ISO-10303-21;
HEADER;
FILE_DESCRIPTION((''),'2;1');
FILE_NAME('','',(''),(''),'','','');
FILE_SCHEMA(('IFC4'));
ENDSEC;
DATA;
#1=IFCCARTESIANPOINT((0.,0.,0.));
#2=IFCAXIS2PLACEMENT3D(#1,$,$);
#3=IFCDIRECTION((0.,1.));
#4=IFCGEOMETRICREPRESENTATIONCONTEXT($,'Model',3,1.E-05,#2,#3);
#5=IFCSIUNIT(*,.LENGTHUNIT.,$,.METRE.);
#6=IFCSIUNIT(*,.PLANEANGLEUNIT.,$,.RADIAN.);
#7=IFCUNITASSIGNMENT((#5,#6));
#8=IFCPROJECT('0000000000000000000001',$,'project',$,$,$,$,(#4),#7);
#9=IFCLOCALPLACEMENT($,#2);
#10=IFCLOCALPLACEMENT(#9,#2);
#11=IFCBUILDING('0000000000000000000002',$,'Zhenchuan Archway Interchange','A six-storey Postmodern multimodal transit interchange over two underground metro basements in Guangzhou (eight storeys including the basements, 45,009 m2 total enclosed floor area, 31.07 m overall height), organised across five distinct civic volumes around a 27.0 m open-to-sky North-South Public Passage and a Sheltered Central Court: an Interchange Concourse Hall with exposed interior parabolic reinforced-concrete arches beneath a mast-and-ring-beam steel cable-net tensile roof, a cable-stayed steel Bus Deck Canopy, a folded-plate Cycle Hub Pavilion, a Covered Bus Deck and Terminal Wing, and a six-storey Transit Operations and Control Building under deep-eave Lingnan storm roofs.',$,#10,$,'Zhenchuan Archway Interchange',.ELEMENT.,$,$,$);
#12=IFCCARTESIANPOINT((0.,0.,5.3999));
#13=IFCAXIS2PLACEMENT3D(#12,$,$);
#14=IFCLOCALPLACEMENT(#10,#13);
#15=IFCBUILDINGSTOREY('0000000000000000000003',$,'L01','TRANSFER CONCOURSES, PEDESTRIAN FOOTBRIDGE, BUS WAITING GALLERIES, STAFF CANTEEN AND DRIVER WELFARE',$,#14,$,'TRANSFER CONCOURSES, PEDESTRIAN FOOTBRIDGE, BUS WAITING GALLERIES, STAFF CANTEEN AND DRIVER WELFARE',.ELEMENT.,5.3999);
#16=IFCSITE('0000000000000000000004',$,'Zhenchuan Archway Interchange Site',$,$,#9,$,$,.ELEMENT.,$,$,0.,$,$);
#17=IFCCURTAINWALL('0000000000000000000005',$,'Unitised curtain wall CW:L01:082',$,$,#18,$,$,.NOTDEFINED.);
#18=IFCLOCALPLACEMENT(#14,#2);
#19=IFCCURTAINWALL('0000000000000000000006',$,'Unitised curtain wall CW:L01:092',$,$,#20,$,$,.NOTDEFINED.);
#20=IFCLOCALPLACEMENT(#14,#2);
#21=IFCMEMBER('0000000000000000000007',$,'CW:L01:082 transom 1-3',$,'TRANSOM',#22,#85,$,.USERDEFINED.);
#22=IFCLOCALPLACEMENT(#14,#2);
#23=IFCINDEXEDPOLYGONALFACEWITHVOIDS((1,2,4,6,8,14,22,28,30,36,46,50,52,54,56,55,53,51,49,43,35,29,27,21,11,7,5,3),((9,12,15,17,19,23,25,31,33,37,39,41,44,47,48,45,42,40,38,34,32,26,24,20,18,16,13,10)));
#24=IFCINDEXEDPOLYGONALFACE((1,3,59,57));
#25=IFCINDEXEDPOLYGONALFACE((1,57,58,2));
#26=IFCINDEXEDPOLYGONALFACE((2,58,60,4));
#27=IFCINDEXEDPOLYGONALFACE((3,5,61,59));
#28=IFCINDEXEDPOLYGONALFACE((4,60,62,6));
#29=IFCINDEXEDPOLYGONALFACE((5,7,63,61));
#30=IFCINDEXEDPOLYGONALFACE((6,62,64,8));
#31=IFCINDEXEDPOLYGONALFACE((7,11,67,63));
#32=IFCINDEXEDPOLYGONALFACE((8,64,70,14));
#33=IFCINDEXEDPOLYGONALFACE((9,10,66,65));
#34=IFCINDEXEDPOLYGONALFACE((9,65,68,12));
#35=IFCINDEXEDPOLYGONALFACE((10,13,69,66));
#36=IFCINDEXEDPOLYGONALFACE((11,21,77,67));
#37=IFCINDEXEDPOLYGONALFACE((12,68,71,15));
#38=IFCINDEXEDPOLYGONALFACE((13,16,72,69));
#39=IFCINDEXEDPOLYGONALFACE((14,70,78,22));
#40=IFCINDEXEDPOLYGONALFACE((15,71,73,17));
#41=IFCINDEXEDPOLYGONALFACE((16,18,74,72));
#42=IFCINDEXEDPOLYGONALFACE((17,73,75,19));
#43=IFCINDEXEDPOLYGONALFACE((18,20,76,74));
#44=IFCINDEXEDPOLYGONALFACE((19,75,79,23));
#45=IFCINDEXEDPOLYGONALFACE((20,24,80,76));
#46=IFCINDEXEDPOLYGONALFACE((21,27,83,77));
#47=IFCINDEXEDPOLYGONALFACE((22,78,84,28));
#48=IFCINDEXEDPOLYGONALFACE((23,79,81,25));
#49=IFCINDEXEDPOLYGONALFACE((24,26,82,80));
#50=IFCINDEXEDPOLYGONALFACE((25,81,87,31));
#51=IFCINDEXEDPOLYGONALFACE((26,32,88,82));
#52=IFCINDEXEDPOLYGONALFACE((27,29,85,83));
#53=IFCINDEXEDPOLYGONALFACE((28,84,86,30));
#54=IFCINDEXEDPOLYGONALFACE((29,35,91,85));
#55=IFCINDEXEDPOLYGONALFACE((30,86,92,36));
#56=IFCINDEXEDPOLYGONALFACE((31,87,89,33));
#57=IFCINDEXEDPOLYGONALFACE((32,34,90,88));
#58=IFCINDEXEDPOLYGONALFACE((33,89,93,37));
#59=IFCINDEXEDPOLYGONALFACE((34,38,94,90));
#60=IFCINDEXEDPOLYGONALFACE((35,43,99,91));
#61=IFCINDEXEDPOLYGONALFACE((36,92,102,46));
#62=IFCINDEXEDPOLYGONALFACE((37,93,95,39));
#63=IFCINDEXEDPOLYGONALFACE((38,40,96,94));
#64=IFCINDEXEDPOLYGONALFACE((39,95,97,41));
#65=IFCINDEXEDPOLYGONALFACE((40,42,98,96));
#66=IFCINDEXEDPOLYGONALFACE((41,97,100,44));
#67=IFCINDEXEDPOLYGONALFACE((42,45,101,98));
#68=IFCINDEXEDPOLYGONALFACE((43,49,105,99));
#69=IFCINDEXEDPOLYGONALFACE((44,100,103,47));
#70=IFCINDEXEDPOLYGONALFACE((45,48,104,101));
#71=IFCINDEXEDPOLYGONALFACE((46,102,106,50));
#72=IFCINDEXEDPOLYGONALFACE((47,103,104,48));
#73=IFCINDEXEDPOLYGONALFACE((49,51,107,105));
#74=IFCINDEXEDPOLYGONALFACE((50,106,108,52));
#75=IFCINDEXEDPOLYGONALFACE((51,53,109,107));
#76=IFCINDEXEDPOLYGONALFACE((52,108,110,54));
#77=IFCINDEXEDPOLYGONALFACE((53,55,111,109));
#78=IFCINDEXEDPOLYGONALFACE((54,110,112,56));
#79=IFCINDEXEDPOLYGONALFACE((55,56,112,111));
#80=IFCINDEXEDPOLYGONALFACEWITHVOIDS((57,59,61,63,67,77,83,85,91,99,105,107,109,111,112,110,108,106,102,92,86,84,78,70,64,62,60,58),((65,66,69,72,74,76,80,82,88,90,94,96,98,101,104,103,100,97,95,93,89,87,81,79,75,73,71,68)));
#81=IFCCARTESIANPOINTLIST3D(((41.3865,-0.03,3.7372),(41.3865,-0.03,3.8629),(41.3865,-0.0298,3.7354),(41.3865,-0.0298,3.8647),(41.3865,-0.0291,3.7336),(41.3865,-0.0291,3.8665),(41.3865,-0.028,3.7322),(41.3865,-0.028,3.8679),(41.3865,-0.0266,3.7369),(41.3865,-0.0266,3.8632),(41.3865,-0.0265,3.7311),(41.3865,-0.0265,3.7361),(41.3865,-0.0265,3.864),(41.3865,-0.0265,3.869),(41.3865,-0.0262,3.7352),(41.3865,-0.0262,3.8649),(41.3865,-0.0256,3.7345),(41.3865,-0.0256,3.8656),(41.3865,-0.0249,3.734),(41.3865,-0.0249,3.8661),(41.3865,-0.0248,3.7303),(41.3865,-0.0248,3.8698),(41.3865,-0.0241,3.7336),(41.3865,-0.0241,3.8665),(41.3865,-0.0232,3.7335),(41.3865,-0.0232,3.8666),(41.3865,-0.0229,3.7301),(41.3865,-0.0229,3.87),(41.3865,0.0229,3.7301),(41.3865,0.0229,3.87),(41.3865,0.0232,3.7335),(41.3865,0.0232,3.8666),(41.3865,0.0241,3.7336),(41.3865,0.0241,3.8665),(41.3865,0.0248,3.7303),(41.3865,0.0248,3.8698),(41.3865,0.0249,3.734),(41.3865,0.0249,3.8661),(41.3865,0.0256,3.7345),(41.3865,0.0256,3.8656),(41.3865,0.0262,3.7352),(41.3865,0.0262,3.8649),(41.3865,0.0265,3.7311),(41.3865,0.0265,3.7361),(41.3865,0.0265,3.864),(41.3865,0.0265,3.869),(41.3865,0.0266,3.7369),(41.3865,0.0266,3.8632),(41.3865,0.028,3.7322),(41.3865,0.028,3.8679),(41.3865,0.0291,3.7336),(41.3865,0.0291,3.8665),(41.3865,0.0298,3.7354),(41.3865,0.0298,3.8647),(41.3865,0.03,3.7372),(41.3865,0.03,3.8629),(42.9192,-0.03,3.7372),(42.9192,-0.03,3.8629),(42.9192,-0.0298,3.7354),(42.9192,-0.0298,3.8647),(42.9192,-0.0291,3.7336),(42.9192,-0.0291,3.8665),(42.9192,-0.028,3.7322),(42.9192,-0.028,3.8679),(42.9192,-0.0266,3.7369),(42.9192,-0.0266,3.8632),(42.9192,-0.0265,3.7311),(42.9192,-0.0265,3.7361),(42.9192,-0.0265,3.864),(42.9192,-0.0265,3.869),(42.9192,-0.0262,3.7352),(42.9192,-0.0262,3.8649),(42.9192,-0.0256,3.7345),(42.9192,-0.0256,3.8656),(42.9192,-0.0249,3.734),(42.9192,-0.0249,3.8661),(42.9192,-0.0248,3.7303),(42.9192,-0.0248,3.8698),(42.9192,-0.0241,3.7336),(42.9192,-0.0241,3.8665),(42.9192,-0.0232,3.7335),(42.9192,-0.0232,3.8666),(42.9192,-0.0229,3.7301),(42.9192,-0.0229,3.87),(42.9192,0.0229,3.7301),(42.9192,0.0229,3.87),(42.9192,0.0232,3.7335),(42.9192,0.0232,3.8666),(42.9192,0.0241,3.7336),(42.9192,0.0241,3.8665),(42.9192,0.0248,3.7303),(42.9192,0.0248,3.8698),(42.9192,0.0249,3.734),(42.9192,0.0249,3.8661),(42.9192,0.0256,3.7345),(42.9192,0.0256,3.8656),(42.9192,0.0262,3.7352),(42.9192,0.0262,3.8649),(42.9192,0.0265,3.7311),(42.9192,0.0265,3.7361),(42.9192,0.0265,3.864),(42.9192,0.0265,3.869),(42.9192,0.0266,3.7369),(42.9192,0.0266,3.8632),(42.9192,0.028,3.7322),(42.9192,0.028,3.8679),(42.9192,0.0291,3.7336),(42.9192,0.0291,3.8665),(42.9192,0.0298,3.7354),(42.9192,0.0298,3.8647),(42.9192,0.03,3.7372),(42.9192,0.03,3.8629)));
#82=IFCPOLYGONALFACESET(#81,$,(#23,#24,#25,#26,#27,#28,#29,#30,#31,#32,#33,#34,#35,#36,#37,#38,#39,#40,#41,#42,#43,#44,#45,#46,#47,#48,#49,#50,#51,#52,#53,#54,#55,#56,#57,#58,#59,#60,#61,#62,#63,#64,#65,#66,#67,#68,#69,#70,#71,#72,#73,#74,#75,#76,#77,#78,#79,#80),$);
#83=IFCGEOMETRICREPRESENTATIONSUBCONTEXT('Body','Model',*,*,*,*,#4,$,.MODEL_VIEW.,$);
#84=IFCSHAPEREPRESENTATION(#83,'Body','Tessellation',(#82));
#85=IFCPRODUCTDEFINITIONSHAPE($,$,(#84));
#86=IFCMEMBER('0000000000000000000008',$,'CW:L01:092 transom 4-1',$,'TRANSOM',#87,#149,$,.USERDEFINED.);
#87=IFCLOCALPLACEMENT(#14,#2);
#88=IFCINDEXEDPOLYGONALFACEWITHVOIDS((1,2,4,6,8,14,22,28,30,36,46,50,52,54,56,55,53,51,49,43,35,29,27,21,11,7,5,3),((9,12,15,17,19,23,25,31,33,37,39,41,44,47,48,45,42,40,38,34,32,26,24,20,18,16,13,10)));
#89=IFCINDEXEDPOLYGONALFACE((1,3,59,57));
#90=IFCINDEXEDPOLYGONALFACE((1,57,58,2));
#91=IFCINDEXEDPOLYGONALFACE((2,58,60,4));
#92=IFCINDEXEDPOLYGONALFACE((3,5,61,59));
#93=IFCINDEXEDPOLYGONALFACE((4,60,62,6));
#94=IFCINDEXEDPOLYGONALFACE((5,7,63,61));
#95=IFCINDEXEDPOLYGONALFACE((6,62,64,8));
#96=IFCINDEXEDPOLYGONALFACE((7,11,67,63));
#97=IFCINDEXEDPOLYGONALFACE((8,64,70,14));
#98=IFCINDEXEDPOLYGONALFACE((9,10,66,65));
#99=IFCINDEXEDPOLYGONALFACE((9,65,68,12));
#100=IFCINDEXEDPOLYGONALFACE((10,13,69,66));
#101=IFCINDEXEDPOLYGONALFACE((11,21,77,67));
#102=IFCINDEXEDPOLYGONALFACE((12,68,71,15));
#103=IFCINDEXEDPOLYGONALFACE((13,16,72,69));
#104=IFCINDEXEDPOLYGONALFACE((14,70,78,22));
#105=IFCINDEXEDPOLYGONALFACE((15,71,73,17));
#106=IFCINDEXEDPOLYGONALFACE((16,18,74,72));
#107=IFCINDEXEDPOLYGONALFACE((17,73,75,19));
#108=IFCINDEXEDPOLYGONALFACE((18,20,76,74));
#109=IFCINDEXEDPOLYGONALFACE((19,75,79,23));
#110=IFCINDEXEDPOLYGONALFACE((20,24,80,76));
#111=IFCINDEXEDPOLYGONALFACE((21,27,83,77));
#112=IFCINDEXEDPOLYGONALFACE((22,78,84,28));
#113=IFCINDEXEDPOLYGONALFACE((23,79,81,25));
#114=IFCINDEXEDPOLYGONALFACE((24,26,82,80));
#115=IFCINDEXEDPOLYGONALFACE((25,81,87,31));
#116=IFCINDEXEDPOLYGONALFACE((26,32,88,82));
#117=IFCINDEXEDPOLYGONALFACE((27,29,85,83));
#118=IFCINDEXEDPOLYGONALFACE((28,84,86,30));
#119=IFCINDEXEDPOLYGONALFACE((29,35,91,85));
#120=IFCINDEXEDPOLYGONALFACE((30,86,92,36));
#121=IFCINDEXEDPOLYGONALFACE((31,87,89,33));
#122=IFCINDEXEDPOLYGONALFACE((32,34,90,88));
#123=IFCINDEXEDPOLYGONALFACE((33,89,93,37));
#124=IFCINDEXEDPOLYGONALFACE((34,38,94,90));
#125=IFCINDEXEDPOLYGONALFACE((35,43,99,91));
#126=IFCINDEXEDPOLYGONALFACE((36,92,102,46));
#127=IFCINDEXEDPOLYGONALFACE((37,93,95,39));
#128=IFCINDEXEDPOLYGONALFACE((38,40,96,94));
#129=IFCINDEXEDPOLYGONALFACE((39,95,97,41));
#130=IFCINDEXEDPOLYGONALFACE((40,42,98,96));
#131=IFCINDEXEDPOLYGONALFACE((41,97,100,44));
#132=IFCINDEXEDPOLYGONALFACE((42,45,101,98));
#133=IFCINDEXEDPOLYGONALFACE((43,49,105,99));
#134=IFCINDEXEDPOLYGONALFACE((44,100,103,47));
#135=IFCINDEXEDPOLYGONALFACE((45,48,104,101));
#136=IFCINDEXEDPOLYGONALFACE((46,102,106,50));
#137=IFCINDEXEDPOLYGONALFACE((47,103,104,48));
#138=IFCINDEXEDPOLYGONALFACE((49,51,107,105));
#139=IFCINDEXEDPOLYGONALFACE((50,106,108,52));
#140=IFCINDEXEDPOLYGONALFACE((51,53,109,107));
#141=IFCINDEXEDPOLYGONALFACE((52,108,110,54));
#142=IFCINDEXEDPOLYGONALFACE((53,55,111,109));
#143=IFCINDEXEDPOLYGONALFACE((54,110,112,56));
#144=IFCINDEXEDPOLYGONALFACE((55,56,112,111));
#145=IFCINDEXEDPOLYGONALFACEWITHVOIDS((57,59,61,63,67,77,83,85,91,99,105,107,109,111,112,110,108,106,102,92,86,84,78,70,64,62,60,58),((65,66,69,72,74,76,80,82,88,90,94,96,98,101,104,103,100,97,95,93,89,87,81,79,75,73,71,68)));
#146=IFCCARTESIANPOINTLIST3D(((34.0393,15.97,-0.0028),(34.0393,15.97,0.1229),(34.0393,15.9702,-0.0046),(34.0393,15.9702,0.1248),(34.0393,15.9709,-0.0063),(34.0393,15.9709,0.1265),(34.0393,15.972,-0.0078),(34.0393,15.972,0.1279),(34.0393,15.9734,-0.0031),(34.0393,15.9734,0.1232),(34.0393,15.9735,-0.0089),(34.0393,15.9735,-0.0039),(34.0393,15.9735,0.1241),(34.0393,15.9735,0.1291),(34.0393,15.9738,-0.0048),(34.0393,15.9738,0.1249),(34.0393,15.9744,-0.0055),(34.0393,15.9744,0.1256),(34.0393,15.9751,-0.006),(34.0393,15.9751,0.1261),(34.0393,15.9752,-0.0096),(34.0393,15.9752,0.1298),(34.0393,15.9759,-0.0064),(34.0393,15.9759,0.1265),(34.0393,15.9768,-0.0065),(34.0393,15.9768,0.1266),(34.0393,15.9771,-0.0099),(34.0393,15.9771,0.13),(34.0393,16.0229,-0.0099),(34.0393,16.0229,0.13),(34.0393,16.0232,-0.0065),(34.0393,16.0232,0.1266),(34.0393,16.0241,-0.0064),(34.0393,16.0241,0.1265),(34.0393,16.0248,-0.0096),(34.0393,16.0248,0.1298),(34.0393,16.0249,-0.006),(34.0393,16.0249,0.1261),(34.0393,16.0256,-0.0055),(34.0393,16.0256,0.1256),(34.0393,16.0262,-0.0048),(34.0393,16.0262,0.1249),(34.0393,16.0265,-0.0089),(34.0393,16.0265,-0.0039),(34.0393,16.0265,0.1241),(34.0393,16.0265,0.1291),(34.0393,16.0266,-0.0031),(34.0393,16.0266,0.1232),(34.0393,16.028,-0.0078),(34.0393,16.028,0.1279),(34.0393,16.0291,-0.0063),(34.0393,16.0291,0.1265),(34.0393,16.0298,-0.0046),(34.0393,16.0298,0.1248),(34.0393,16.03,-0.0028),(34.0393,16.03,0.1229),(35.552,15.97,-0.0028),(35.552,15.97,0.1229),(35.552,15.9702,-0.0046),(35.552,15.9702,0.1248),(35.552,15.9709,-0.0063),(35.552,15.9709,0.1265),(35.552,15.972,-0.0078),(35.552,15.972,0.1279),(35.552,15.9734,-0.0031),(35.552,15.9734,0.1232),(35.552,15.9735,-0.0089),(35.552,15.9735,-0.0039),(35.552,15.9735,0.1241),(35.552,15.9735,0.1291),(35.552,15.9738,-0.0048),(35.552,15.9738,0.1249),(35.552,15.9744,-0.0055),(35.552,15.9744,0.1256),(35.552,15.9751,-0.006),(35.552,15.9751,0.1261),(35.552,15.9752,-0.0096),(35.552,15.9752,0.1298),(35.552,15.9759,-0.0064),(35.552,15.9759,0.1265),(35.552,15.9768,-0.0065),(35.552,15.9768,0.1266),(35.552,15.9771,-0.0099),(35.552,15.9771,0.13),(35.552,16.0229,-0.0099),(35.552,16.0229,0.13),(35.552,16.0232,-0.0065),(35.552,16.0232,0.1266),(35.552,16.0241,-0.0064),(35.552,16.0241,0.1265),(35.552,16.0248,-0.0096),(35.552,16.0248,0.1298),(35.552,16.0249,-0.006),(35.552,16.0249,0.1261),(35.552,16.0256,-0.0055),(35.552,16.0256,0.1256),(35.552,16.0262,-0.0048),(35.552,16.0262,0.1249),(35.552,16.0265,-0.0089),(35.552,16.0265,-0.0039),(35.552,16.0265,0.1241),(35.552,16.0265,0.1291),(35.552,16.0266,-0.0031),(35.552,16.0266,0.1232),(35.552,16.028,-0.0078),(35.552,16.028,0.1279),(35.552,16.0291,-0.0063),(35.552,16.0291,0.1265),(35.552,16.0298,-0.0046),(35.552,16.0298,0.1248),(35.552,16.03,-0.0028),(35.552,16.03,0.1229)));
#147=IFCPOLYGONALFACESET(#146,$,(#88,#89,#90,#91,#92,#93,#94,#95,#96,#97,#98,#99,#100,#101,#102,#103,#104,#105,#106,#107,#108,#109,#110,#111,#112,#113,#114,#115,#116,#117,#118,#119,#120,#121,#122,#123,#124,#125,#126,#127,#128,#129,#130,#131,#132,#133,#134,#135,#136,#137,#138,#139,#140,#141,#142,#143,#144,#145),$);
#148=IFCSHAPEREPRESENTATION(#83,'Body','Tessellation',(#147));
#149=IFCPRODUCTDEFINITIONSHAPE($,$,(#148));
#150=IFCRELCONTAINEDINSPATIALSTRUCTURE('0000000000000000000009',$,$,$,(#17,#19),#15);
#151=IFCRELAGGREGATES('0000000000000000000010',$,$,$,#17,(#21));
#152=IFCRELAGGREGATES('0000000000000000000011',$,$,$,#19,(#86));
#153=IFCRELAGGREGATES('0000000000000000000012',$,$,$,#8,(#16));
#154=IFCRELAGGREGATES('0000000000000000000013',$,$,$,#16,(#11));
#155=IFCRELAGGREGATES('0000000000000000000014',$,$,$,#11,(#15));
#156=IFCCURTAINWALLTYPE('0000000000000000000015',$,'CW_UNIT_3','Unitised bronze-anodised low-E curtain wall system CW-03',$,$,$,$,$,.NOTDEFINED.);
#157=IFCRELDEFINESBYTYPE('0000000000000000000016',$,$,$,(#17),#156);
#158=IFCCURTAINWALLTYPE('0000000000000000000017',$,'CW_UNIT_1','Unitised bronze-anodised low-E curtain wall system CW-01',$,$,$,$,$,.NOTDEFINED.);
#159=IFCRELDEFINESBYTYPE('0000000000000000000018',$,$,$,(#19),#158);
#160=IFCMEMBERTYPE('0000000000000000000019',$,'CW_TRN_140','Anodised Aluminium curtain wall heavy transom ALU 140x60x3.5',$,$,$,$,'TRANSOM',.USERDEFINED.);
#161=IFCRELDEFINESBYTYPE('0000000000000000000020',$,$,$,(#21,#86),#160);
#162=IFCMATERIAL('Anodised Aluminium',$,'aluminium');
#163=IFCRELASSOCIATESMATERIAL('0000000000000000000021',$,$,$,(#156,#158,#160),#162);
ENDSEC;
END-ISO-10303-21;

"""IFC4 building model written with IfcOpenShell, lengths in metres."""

from ifc_helpers import new_model, si_unit, direction, frame, origin, origin_2d, place, context, subcontext, project, spatial, hollow_rectangle, extrude, material, material_profile, profile_set, type_object, element, aggregate, save


model = new_model("IFC4")

# Units and contexts
model_context = context("Model", 3, precision=1e-05, world=origin(), true_north=direction((0.0, 1.0)))
body_context = subcontext(model_context, "Body", "Model", "MODEL_VIEW")
ifc_project = project(units=[si_unit("LENGTHUNIT", "METRE"), si_unit("PLANEANGLEUNIT", "RADIAN")], contexts=[model_context])

# Site, building, storey
site_placement = place(None, origin())
site = spatial("IfcSite", under=ifc_project, at=site_placement, Name="Zhenchuan Archway Interchange Site", CompositionType="ELEMENT", RefElevation=0.0)
building_placement = place(site_placement, origin())
building = spatial("IfcBuilding", under=site, at=building_placement, Name="Zhenchuan Archway Interchange", Description="A six-storey Postmodern multimodal transit interchange over two underground metro basements in Guangzhou (eight storeys including the basements, 45,009 m2 total enclosed floor area, 31.07 m overall height), organised across five distinct civic volumes around a 27.0 m open-to-sky North-South Public Passage and a Sheltered Central Court: an Interchange Concourse Hall with exposed interior parabolic reinforced-concrete arches beneath a mast-and-ring-beam steel cable-net tensile roof, a cable-stayed steel Bus Deck Canopy, a folded-plate Cycle Hub Pavilion, a Covered Bus Deck and Terminal Wing, and a six-storey Transit Operations and Control Building under deep-eave Lingnan storm roofs.", LongName="Zhenchuan Archway Interchange", CompositionType="ELEMENT")
storey_placement = place(building_placement, frame((0.0, 0.0, 5.3999)))
storey = spatial("IfcBuildingStorey", under=building, at=storey_placement, Name="L01", Description="TRANSFER CONCOURSES, PEDESTRIAN FOOTBRIDGE, BUS WAITING GALLERIES, STAFF CANTEEN AND DRIVER WELFARE", LongName="TRANSFER CONCOURSES, PEDESTRIAN FOOTBRIDGE, BUS WAITING GALLERIES, STAFF CANTEEN AND DRIVER WELFARE", CompositionType="ELEMENT", Elevation=5.3999)

# Curtain wall
ifc_material_1 = material(Name="Anodised Aluminium", Category="aluminium")
curtain_wall_type_1 = type_object("IfcCurtainWallType", Name="CW_UNIT_3", Description="Unitised bronze-anodised low-E curtain wall system CW-03", PredefinedType="NOTDEFINED", material=ifc_material_1)
curtain_wall_1_placement = place(storey_placement, origin())
curtain_wall_1 = element("IfcCurtainWall", 1, at=curtain_wall_1_placement, inside=storey, type_object=curtain_wall_type_1, Name="Unitised curtain wall CW:L01:082", PredefinedType="NOTDEFINED")

# Curtain wall
curtain_wall_type_2 = type_object("IfcCurtainWallType", Name="CW_UNIT_1", Description="Unitised bronze-anodised low-E curtain wall system CW-01", PredefinedType="NOTDEFINED", material=ifc_material_1)
curtain_wall_2_placement = place(storey_placement, origin())
curtain_wall_2 = element("IfcCurtainWall", 2, at=curtain_wall_2_placement, inside=storey, type_object=curtain_wall_type_2, Name="Unitised curtain wall CW:L01:092", PredefinedType="NOTDEFINED")

# Members
ifc_material_profile_1 = material_profile(ifc_material_1, hollow_rectangle(XDim=0.0601, YDim=0.1399, WallThickness=0.0034, InnerFilletRadius=0.0034, OuterFilletRadius=0.0071, at=origin_2d()), Name="ALU 140x60x3.5")
ifc_profile_set_1 = profile_set([ifc_material_profile_1], Name="Anodised Aluminium")
member_type_1 = type_object("IfcMemberType", Name="CW_TRN_140", Description="Anodised Aluminium curtain wall heavy transom ALU 140x60x3.5", ElementType="TRANSOM", PredefinedType="USERDEFINED", material=ifc_profile_set_1)
member_1_placement = place(storey_placement, frame((42.9192, 0.0, 3.8), z_axis=(-1.0, 0.0, 0.0), x_axis=(0.0, -1.0, 0.0)))
member_1 = element("IfcMember", 3, at=member_1_placement, type_object=member_type_1, Name="CW:L01:082 transom 1-3", ObjectType="TRANSOM", PredefinedType="USERDEFINED", context=body_context, shape_type="SweptSolid", body=[
    extrude(hollow_rectangle(XDim=0.0601, YDim=0.1399, WallThickness=0.0034, InnerFilletRadius=0.0034, OuterFilletRadius=0.0071, at=origin_2d()), origin(), (0.0, 0.0, 1.0), 1.5327),
])
member_2_placement = place(storey_placement, frame((34.0393, 16.0, 0.0601), z_axis=(1.0, 0.0, 0.0), x_axis=(0.0, 1.0, 0.0)))
member_2 = element("IfcMember", 4, at=member_2_placement, type_object=member_type_1, Name="CW:L01:092 transom 4-1", ObjectType="TRANSOM", PredefinedType="USERDEFINED", context=body_context, shape_type="SweptSolid", body=[
    extrude(hollow_rectangle(XDim=0.0601, YDim=0.1399, WallThickness=0.0034, InnerFilletRadius=0.0034, OuterFilletRadius=0.0071, at=origin_2d()), origin(), (0.0, 0.0, 1.0), 1.5127),
])

aggregate(curtain_wall_1, [member_1])
aggregate(curtain_wall_2, [member_2])

save(model, "model.ifc")
